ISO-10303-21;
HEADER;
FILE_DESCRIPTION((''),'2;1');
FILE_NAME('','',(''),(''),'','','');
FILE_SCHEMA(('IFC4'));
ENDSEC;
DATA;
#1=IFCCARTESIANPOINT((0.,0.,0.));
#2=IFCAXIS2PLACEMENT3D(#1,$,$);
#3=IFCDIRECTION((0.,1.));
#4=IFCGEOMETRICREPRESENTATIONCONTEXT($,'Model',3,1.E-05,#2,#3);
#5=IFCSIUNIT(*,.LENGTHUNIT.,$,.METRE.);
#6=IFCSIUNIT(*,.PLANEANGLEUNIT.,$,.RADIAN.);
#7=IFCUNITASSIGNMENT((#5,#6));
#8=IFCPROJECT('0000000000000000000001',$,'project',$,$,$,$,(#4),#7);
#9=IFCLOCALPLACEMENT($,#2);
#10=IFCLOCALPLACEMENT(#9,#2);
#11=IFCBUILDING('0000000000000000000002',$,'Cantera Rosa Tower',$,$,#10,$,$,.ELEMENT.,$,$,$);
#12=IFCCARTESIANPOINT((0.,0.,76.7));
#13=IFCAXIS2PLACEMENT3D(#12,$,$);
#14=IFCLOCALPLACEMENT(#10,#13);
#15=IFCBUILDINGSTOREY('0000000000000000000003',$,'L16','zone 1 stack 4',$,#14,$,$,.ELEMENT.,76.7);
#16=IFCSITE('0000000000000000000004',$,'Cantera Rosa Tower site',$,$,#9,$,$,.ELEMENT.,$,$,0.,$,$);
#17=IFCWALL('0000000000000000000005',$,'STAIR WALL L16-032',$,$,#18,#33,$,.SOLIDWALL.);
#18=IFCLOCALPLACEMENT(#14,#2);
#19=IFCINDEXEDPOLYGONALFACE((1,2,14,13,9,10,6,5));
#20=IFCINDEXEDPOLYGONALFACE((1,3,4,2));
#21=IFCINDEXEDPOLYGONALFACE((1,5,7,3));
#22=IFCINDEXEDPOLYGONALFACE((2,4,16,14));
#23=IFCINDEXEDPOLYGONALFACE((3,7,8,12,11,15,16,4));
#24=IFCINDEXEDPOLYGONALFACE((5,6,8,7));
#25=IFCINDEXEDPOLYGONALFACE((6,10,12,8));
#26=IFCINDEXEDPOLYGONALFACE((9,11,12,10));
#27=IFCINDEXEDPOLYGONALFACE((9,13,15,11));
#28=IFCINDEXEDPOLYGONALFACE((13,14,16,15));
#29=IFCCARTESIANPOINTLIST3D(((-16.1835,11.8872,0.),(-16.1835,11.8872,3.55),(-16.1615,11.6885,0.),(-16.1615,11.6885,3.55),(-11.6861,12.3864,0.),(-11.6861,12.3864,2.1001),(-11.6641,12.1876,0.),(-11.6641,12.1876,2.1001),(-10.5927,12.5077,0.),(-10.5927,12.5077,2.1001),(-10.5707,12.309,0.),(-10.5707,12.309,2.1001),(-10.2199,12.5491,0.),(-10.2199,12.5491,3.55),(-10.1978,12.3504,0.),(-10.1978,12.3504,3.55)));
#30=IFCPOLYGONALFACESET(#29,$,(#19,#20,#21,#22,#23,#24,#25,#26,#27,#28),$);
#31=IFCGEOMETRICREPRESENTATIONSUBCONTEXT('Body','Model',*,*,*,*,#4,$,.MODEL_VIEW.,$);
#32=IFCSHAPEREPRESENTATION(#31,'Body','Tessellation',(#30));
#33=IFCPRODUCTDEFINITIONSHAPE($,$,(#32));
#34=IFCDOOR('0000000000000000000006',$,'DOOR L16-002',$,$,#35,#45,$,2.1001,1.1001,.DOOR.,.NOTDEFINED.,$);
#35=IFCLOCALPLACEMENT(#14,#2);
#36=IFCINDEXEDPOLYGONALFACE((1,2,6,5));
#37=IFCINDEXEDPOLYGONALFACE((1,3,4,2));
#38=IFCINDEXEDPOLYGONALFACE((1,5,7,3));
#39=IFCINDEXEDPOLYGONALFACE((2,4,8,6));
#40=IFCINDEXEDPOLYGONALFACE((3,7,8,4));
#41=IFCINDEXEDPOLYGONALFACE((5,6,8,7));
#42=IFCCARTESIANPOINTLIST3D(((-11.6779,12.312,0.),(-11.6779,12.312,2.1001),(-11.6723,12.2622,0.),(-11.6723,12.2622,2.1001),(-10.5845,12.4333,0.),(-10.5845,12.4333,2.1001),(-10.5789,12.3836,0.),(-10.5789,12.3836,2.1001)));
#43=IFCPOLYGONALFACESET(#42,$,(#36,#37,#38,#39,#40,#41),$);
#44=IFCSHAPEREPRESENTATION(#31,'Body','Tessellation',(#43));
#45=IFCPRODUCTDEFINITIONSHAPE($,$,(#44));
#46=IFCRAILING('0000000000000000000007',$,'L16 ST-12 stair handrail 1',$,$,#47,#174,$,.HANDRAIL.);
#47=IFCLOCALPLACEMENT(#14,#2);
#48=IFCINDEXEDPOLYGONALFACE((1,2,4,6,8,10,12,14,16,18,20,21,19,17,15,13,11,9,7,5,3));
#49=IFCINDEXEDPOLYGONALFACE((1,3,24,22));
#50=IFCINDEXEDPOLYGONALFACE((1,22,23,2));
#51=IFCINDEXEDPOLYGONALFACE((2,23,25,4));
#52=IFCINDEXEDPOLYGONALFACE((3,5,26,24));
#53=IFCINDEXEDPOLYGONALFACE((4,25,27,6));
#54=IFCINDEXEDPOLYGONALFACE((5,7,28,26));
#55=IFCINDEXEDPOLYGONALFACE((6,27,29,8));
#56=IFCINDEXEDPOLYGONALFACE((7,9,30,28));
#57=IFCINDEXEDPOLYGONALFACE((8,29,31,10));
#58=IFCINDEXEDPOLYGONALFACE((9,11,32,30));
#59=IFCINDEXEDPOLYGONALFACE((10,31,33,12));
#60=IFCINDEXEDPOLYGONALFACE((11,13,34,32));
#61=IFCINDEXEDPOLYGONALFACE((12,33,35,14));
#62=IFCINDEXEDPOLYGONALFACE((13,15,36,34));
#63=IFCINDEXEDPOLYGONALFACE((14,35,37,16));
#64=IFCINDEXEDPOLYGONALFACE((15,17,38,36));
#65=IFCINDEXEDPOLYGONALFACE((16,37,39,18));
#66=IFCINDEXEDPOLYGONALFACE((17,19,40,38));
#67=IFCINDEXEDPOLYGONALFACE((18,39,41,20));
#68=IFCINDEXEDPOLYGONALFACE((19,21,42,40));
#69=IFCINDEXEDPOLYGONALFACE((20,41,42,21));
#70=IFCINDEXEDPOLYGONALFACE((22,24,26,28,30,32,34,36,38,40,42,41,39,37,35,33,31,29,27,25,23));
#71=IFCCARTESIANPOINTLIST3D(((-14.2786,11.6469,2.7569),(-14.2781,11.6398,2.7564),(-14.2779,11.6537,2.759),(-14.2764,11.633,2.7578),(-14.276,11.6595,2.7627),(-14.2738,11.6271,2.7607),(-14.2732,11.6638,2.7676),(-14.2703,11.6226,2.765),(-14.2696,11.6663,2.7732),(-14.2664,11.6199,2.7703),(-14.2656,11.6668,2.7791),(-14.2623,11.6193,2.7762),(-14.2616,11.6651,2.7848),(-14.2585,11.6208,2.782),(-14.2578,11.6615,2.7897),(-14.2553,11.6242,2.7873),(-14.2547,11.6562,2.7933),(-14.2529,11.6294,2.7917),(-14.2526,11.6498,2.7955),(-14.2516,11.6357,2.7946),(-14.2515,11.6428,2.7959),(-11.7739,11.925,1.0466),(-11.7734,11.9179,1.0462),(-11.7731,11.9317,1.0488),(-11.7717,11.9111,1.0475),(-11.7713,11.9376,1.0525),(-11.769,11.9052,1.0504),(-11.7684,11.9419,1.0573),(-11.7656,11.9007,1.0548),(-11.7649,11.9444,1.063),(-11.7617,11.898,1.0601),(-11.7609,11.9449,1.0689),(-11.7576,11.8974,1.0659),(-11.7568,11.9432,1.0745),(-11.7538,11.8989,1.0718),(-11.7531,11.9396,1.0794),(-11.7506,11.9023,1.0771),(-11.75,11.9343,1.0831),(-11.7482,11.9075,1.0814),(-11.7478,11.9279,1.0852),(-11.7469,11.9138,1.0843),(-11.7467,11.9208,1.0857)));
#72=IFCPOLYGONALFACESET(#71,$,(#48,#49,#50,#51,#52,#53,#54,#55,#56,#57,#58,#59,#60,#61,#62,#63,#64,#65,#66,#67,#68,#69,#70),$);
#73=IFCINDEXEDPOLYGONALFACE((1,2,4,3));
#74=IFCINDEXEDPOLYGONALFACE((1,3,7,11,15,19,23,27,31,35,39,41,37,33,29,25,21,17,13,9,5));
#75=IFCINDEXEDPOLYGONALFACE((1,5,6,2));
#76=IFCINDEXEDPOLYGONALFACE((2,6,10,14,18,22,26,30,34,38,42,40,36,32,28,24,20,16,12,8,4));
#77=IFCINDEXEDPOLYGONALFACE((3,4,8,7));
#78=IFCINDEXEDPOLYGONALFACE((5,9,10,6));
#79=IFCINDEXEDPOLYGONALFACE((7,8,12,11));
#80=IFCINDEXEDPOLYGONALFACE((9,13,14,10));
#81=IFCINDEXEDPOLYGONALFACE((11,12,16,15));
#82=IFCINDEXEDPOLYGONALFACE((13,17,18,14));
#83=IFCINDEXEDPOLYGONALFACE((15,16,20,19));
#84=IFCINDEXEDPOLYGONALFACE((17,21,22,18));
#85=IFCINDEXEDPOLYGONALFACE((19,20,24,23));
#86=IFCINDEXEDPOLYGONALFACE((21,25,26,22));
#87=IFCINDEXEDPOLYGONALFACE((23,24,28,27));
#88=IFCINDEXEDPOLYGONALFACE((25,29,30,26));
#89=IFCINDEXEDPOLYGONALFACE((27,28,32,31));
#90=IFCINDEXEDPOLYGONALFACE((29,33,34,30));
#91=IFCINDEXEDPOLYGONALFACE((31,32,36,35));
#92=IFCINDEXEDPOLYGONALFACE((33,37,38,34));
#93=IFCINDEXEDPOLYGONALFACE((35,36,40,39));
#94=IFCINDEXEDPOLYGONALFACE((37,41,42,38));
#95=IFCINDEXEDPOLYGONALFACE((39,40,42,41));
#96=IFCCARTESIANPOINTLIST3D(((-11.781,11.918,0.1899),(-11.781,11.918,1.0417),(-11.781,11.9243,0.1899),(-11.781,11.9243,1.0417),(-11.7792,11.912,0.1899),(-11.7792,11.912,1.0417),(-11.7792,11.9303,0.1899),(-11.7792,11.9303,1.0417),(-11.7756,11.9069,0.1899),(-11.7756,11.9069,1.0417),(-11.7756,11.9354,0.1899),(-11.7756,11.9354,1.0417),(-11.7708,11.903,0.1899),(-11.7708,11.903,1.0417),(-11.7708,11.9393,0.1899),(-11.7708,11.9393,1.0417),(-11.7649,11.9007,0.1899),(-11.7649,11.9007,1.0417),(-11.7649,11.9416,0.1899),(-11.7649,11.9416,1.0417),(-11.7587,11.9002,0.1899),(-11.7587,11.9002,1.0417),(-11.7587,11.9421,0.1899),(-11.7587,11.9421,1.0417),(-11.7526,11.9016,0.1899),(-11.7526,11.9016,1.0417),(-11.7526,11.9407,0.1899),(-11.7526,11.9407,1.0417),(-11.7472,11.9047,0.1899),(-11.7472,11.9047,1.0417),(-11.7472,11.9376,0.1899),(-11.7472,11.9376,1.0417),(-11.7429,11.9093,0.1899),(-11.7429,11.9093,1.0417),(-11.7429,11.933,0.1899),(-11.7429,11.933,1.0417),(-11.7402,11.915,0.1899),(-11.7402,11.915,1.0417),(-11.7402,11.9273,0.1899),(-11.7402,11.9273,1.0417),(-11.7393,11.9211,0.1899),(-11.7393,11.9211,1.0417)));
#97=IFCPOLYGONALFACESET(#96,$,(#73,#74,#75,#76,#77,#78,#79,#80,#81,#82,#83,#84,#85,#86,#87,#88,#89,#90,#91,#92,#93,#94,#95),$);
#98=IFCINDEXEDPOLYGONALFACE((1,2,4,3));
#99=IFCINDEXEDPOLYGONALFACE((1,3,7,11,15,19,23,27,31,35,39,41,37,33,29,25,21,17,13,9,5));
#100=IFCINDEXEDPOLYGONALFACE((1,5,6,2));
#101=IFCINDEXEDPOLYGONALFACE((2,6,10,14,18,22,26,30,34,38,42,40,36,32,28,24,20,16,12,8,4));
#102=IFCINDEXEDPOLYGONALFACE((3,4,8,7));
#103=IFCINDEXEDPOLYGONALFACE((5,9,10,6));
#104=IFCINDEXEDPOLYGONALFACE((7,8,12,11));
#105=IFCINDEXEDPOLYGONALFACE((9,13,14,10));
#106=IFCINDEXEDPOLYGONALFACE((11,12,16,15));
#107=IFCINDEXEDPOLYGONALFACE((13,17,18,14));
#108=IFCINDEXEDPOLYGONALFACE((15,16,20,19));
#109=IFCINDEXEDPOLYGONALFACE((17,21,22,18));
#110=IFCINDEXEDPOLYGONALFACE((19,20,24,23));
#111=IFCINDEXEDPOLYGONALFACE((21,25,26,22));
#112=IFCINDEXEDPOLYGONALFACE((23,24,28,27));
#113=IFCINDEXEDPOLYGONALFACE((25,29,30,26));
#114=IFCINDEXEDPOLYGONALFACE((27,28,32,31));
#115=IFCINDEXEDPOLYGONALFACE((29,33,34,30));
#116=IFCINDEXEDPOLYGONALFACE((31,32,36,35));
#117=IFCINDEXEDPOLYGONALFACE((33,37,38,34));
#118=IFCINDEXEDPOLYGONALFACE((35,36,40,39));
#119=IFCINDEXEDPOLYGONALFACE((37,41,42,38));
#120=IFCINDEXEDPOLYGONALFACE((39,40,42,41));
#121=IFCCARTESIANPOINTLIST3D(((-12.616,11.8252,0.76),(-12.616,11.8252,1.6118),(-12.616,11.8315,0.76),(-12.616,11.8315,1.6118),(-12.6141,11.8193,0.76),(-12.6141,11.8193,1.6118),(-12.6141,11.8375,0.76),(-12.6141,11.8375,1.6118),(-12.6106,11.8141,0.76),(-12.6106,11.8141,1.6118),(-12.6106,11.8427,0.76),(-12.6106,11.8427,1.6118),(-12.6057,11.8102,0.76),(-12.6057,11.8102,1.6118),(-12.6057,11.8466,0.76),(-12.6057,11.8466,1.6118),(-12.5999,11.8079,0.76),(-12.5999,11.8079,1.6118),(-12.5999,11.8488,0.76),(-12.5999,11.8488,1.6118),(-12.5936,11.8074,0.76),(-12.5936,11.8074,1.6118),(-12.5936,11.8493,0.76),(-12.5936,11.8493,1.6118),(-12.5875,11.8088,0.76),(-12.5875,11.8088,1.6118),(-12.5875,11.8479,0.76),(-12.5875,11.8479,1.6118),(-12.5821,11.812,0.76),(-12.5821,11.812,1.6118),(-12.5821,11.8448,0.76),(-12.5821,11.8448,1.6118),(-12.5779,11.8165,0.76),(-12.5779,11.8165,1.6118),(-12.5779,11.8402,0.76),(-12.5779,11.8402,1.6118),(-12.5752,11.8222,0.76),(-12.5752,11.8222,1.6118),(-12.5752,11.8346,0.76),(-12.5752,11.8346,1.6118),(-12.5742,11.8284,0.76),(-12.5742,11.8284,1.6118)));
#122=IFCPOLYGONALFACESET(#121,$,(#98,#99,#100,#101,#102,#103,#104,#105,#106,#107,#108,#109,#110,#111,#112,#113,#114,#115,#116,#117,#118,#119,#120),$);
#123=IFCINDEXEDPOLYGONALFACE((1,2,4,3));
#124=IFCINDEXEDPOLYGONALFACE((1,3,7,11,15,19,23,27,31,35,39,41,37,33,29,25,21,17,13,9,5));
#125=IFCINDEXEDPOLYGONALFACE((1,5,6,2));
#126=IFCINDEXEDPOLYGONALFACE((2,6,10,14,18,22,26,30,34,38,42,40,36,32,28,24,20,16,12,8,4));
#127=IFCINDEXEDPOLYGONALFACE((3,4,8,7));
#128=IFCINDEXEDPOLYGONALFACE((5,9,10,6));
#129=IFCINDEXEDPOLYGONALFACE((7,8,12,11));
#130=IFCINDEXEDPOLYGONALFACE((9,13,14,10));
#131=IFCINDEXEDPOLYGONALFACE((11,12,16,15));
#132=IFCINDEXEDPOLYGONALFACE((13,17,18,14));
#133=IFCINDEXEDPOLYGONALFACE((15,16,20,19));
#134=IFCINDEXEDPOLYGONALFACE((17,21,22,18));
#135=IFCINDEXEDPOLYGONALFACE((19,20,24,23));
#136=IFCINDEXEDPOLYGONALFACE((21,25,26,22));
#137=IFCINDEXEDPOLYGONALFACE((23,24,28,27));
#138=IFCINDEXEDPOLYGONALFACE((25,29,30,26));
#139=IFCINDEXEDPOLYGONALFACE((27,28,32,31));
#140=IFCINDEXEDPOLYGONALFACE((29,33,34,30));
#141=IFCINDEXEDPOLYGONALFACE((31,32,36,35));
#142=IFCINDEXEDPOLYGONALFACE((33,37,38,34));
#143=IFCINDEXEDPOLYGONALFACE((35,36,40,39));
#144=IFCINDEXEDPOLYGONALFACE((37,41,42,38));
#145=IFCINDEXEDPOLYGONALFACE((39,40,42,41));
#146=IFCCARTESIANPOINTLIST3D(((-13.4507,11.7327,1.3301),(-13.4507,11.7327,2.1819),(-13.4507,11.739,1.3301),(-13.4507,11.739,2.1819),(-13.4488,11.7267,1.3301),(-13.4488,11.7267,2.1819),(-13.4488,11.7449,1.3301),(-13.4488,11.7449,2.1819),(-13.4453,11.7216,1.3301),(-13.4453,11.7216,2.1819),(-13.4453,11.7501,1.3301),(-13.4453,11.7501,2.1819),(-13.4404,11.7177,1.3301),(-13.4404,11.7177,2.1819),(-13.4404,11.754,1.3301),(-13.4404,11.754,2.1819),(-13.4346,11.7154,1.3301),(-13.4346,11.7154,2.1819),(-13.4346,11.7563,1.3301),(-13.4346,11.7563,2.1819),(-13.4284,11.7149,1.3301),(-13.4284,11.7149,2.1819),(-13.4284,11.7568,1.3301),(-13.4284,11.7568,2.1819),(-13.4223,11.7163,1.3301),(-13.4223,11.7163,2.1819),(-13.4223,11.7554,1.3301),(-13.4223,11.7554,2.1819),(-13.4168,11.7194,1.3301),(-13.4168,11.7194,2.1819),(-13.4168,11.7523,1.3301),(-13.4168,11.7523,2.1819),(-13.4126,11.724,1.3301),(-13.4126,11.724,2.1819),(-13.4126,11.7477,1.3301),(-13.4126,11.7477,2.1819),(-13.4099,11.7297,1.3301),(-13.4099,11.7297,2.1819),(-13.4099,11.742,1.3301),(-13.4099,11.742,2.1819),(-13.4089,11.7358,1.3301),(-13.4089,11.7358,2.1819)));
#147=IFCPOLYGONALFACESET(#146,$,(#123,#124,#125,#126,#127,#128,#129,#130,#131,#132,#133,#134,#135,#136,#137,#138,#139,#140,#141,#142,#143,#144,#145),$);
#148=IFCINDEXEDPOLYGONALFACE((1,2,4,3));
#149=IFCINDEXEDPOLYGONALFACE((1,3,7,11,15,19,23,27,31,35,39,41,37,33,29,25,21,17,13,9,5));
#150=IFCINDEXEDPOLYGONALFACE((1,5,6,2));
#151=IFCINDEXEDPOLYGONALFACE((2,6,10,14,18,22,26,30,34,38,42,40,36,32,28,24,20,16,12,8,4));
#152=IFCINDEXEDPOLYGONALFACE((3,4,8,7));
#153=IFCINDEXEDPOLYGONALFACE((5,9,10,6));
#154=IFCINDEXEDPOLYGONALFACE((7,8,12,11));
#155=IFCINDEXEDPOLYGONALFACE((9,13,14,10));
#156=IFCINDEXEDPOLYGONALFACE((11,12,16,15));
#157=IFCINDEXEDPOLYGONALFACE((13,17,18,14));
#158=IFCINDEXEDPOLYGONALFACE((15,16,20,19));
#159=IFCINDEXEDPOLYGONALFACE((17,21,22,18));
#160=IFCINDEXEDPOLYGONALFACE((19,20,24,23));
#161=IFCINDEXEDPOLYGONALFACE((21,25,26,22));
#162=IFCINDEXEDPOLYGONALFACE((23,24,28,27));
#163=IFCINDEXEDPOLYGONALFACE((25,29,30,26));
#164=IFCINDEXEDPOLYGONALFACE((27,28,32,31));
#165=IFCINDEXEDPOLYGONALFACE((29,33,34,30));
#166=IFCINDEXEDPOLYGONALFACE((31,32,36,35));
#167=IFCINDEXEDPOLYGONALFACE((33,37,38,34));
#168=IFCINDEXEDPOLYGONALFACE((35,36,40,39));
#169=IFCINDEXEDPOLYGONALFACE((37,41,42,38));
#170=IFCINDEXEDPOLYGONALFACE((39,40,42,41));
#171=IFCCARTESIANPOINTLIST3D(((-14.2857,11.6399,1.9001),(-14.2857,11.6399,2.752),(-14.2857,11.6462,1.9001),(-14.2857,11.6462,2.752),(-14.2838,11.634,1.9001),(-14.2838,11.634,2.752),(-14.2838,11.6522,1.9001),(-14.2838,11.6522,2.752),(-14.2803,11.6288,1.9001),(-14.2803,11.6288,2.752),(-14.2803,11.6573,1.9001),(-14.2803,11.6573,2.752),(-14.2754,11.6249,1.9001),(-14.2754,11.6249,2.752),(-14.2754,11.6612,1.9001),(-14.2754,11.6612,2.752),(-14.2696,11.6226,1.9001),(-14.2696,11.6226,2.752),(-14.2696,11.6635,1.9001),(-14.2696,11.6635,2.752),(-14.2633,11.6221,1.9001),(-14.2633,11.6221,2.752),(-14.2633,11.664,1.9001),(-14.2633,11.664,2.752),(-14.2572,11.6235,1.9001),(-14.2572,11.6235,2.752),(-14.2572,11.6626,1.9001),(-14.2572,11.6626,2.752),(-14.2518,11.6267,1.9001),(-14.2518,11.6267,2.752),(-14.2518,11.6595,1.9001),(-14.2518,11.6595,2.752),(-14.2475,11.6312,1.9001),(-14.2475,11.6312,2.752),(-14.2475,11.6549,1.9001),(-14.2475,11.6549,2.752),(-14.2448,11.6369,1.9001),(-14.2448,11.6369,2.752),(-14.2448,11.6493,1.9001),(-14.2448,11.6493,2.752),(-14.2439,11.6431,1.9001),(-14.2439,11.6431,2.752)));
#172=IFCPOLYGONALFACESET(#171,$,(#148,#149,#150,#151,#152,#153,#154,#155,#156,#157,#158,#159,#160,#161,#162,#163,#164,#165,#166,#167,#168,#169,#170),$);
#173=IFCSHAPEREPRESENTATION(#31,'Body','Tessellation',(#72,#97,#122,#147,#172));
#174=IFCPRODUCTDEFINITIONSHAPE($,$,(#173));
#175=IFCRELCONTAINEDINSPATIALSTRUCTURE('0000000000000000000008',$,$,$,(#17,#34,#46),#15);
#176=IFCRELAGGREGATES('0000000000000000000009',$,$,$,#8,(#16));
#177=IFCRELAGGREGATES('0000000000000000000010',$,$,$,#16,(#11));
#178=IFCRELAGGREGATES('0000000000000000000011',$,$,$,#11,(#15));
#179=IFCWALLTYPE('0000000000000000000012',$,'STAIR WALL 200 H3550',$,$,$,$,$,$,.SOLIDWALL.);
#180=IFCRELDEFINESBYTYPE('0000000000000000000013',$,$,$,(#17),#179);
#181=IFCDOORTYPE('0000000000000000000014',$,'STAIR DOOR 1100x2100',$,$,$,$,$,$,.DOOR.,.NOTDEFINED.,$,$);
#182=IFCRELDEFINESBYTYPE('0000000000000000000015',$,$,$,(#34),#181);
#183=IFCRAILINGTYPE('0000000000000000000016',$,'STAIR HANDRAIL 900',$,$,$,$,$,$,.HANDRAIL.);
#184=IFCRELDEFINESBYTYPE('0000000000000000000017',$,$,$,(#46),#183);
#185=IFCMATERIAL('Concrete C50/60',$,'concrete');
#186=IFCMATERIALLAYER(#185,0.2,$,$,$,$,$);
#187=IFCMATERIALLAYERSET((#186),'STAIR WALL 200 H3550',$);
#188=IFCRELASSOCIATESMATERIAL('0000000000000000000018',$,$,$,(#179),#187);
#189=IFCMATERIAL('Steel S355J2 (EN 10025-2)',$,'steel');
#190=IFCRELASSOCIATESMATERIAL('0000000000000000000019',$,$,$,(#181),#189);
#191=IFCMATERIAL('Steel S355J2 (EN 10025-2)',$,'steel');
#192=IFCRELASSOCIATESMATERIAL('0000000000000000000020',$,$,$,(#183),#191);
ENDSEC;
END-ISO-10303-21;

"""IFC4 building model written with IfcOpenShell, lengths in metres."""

from ifc_helpers import new_model, si_unit, direction, frame, frame_2d, origin, origin_2d, place, context, subcontext, project, spatial, rectangle, circle, extrude, material, layer, layer_set, type_object, element, fill, save


model = new_model("IFC4")

# Units and contexts
model_context = context("Model", 3, precision=1e-05, world=origin(), true_north=direction((0.0, 1.0)))
body_context = subcontext(model_context, "Body", "Model", "MODEL_VIEW")
ifc_project = project(units=[si_unit("LENGTHUNIT", "METRE"), si_unit("PLANEANGLEUNIT", "RADIAN")], contexts=[model_context])

# Site, building, storey
site_placement = place(None, origin())
site = spatial("IfcSite", under=ifc_project, at=site_placement, Name="Cantera Rosa Tower site", CompositionType="ELEMENT", RefElevation=0.0)
building_placement = place(site_placement, origin())
building = spatial("IfcBuilding", under=site, at=building_placement, Name="Cantera Rosa Tower", CompositionType="ELEMENT")
storey_placement = place(building_placement, frame((0.0, 0.0, 76.7)))
storey = spatial("IfcBuildingStorey", under=building, at=storey_placement, Name="L16", Description="zone 1 stack 4", CompositionType="ELEMENT", Elevation=76.7)

# Wall, opening, door
ifc_material_1 = material(Name="Concrete C50/60", Category="concrete")
ifc_layer_1 = layer(ifc_material_1, 0.2)
ifc_layer_set_1 = layer_set([ifc_layer_1], Name="STAIR WALL 200 H3550")
wall_type_1 = type_object("IfcWallType", Name="STAIR WALL 200 H3550", PredefinedType="SOLIDWALL", material=ifc_layer_set_1)
wall_1_placement = place(storey_placement, frame((-10.209, 12.4497, 0.0), z_axis=(0.0, 0.0, 1.0), x_axis=(-0.993898, -0.110306, 0.0)))
wall_1 = element("IfcWall", 1, at=wall_1_placement, inside=storey, type_object=wall_type_1, Name="STAIR WALL L16-032", PredefinedType="SOLIDWALL", context=body_context, shape_type="SweptSolid", body=[
    extrude(rectangle(XDim=6.0002, YDim=0.2, at=frame_2d((3.0, 0.0))), origin(), (0.0, 0.0, 1.0), 3.55),
])
opening_1_placement = place(wall_1_placement, frame((0.375, 0.0, 0.0)))
opening_1 = element("IfcOpeningElement", 2, at=opening_1_placement, cuts=wall_1, PredefinedType="OPENING", context=body_context, shape_type="SweptSolid", body=[
    extrude(rectangle(XDim=1.1001, YDim=2.1001, at=frame_2d((0.55, 1.05))), frame((0.0, 0.1099, 0.0), z_axis=(0.0, -1.0, 0.0), x_axis=(1.0, 0.0, 0.0)), (0.0, 0.0, 1.0), 0.22),
])
ifc_material_2 = material(Name="Steel S355J2 (EN 10025-2)", Category="steel")
door_type_1 = type_object("IfcDoorType", Name="STAIR DOOR 1100x2100", OperationType="NOTDEFINED", PredefinedType="DOOR", material=ifc_material_2)
door_1_placement = place(opening_1_placement, origin())
door_1 = element("IfcDoor", 3, at=door_1_placement, inside=storey, type_object=door_type_1, Name="DOOR L16-002", OperationType="NOTDEFINED", OverallHeight=2.1001, OverallWidth=1.1001, PredefinedType="DOOR", context=body_context, shape_type="SweptSolid", body=[
    extrude(rectangle(XDim=1.1001, YDim=2.1001, at=frame_2d((0.55, 1.05))), frame((0.0, 0.0249, 0.0), z_axis=(0.0, -1.0, 0.0), x_axis=(1.0, 0.0, 0.0)), (0.0, 0.0, 1.0), 0.05),
])
fill(opening_1, door_1)

# Railing
ifc_material_3 = material(Name="Steel S355J2 (EN 10025-2)", Category="steel")
railing_type_1 = type_object("IfcRailingType", Name="STAIR HANDRAIL 900", PredefinedType="HANDRAIL", material=ifc_material_3)
railing_1_placement = place(storey_placement, frame((-11.7603, 11.9211, 0.1899)))
element("IfcRailing", 4, at=railing_1_placement, inside=storey, type_object=railing_type_1, Name="L16 ST-12 stair handrail 1", PredefinedType="HANDRAIL", context=body_context, shape_type="SweptSolid", body=[
    extrude(circle(Radius=0.0239, at=origin_2d()), frame((0.0, 0.0, 0.876), z_axis=(-0.822394, -0.091306, 0.561543), x_axis=(0.110346, -0.993893, 0.0)), (0.0, 0.0, 1.0), 3.0457),
    extrude(circle(Radius=0.021, at=origin_2d()), origin(), (0.0, 0.0, 1.0), 0.8518),
    extrude(circle(Radius=0.021, at=origin_2d()), frame((-0.835, -0.0928, 0.5701)), (0.0, 0.0, 1.0), 0.8518),
    extrude(circle(Radius=0.021, at=origin_2d()), frame((-1.6697, -0.1853, 1.1401)), (0.0, 0.0, 1.0), 0.8518),
    extrude(circle(Radius=0.021, at=origin_2d()), frame((-2.5046, -0.2781, 1.7102)), (0.0, 0.0, 1.0), 0.8518),
])

save(model, "model.ifc")
